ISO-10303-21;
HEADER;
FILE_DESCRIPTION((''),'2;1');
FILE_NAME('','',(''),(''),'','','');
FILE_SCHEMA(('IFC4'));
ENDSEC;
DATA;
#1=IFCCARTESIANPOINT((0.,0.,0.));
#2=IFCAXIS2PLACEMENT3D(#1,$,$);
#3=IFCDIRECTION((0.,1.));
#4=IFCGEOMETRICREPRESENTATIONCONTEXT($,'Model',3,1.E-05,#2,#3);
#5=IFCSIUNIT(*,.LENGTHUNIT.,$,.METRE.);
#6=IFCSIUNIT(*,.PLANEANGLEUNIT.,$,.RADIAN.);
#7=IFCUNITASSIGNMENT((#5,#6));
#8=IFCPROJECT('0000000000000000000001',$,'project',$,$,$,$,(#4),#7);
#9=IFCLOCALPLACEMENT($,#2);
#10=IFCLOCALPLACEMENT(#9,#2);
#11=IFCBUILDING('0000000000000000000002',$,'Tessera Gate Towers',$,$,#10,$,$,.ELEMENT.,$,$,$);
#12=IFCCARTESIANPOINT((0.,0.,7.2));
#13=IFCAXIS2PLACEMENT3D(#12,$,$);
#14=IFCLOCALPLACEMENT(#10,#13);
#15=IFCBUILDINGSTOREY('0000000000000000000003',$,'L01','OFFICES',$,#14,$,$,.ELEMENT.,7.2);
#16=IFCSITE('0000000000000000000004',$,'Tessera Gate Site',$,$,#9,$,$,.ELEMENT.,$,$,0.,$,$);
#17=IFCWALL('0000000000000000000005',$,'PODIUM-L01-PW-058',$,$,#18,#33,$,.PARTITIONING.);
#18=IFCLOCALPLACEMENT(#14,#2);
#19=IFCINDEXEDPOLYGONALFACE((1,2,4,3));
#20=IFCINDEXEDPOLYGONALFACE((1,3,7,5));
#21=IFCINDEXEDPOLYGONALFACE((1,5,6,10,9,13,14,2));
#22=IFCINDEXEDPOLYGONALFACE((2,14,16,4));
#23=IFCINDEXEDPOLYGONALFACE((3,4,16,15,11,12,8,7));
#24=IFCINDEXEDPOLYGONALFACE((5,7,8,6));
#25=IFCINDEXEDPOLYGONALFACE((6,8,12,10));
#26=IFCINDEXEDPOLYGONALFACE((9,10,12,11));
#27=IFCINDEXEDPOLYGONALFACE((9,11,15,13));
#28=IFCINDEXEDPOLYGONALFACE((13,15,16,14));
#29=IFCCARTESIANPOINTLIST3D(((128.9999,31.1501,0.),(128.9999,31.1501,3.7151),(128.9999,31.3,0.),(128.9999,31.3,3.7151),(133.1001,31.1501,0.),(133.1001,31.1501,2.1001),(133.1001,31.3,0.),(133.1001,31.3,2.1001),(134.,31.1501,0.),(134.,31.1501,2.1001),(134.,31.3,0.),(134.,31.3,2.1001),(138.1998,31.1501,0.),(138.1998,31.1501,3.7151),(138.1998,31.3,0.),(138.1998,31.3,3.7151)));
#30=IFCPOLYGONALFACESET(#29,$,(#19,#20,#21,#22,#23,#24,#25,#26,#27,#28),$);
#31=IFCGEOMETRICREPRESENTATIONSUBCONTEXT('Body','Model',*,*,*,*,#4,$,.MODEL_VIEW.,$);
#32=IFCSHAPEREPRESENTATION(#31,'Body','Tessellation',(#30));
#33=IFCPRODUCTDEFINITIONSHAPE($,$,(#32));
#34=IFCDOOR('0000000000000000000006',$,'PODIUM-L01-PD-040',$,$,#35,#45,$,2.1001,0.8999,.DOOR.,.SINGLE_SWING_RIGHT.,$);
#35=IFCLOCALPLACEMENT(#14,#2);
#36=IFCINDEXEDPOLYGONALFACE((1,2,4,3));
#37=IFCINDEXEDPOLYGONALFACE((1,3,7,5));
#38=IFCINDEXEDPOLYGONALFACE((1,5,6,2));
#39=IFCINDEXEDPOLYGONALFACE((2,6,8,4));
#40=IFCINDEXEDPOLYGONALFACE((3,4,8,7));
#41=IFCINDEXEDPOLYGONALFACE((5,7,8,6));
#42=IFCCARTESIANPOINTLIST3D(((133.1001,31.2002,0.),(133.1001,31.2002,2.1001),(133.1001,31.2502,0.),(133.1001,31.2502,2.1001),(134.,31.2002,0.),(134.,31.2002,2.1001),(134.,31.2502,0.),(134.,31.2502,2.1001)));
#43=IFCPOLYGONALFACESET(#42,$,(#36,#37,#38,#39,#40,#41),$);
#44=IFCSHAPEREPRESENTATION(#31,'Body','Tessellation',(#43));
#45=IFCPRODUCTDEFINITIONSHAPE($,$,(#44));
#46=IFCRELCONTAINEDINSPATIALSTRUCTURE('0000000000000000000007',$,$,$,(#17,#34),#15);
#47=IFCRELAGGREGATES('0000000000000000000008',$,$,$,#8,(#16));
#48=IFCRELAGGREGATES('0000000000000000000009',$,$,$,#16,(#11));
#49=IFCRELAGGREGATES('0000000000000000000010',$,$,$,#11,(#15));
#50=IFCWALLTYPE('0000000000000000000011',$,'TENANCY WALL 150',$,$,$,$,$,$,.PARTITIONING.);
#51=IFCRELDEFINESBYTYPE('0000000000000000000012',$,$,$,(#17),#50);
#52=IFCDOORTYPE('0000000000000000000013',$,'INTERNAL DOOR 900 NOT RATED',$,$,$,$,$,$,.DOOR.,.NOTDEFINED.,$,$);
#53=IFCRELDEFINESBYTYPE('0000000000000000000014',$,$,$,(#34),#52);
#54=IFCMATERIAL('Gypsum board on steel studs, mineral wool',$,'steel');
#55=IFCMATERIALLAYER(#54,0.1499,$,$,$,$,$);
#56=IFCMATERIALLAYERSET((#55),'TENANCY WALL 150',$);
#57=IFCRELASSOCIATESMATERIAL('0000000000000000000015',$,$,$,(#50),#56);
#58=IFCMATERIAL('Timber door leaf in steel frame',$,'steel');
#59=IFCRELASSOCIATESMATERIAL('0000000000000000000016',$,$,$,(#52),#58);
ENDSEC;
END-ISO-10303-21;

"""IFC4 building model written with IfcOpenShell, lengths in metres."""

from ifc_helpers import new_model, si_unit, direction, frame, frame_2d, origin, place, context, subcontext, project, spatial, rectangle, extrude, source, transform, mapped, material, layer, layer_set, type_object, element, fill, save


model = new_model("IFC4")

# Units and contexts
model_context = context("Model", 3, precision=1e-05, world=origin(), true_north=direction((0.0, 1.0)))
body_context = subcontext(model_context, "Body", "Model", "MODEL_VIEW")
ifc_project = project(units=[si_unit("LENGTHUNIT", "METRE"), si_unit("PLANEANGLEUNIT", "RADIAN")], contexts=[model_context])

# Site, building, storey
site_placement = place(None, origin())
site = spatial("IfcSite", under=ifc_project, at=site_placement, Name="Tessera Gate Site", CompositionType="ELEMENT", RefElevation=0.0)
building_placement = place(site_placement, origin())
building = spatial("IfcBuilding", under=site, at=building_placement, Name="Tessera Gate Towers", CompositionType="ELEMENT")
storey_placement = place(building_placement, frame((0.0, 0.0, 7.2)))
storey = spatial("IfcBuildingStorey", under=building, at=storey_placement, Name="L01", Description="OFFICES", CompositionType="ELEMENT", Elevation=7.2)

# Shared definitions
shared_shape_1 = source(origin(), body_context, "Body", "SweptSolid", [
    extrude(rectangle(XDim=0.8999, YDim=2.1001, at=frame_2d((0.45, 1.05))), frame((0.0, 0.085, 0.0), z_axis=(0.0, -1.0, 0.0), x_axis=(1.0, 0.0, 0.0)), (0.0, 0.0, 1.0), 0.1699),
])
shared_shape_2 = source(origin(), body_context, "Body", "SweptSolid", [
    extrude(rectangle(XDim=0.8999, YDim=2.1001, at=frame_2d((0.45, 1.05))), frame((0.0, 0.0249, 0.0), z_axis=(0.0, -1.0, 0.0), x_axis=(1.0, 0.0, 0.0)), (0.0, 0.0, 1.0), 0.05),
])

# Wall, opening, door
ifc_material_1 = material(Name="Gypsum board on steel studs, mineral wool", Category="steel")
ifc_layer_1 = layer(ifc_material_1, 0.1499)
ifc_layer_set_1 = layer_set([ifc_layer_1], Name="TENANCY WALL 150")
wall_type_1 = type_object("IfcWallType", Name="TENANCY WALL 150", PredefinedType="PARTITIONING", material=ifc_layer_set_1)
wall_1_placement = place(storey_placement, frame((138.2, 31.2251, 0.0), z_axis=(0.0, 0.0, 1.0), x_axis=(-1.0, 0.0, 0.0)))
wall_1 = element("IfcWall", 1, at=wall_1_placement, inside=storey, type_object=wall_type_1, Name="PODIUM-L01-PW-058", PredefinedType="PARTITIONING", context=body_context, shape_type="SweptSolid", body=[
    extrude(rectangle(XDim=9.2, YDim=0.1499, at=frame_2d((4.6001, 0.0))), origin(), (0.0, 0.0, 1.0), 3.7151),
])
opening_1_placement = place(wall_1_placement, frame((4.2, 0.0, 0.0)))
opening_1 = element("IfcOpeningElement", 2, at=opening_1_placement, cuts=wall_1, PredefinedType="OPENING", context=body_context, shape_type="MappedRepresentation", body=[
    mapped(shared_shape_1, transform((0.0, 0.0, 0.0), scale=1.0)),
])
ifc_material_2 = material(Name="Timber door leaf in steel frame", Category="steel")
door_type_1 = type_object("IfcDoorType", Name="INTERNAL DOOR 900 NOT RATED", OperationType="NOTDEFINED", PredefinedType="DOOR", material=ifc_material_2)
door_1_placement = place(opening_1_placement, origin())
door_1 = element("IfcDoor", 3, at=door_1_placement, inside=storey, type_object=door_type_1, Name="PODIUM-L01-PD-040", OperationType="SINGLE_SWING_RIGHT", OverallHeight=2.1001, OverallWidth=0.8999, PredefinedType="DOOR", context=body_context, shape_type="MappedRepresentation", body=[
    mapped(shared_shape_2, transform((0.0, 0.0, 0.0), scale=1.0)),
])
fill(opening_1, door_1)

save(model, "model.ifc")
